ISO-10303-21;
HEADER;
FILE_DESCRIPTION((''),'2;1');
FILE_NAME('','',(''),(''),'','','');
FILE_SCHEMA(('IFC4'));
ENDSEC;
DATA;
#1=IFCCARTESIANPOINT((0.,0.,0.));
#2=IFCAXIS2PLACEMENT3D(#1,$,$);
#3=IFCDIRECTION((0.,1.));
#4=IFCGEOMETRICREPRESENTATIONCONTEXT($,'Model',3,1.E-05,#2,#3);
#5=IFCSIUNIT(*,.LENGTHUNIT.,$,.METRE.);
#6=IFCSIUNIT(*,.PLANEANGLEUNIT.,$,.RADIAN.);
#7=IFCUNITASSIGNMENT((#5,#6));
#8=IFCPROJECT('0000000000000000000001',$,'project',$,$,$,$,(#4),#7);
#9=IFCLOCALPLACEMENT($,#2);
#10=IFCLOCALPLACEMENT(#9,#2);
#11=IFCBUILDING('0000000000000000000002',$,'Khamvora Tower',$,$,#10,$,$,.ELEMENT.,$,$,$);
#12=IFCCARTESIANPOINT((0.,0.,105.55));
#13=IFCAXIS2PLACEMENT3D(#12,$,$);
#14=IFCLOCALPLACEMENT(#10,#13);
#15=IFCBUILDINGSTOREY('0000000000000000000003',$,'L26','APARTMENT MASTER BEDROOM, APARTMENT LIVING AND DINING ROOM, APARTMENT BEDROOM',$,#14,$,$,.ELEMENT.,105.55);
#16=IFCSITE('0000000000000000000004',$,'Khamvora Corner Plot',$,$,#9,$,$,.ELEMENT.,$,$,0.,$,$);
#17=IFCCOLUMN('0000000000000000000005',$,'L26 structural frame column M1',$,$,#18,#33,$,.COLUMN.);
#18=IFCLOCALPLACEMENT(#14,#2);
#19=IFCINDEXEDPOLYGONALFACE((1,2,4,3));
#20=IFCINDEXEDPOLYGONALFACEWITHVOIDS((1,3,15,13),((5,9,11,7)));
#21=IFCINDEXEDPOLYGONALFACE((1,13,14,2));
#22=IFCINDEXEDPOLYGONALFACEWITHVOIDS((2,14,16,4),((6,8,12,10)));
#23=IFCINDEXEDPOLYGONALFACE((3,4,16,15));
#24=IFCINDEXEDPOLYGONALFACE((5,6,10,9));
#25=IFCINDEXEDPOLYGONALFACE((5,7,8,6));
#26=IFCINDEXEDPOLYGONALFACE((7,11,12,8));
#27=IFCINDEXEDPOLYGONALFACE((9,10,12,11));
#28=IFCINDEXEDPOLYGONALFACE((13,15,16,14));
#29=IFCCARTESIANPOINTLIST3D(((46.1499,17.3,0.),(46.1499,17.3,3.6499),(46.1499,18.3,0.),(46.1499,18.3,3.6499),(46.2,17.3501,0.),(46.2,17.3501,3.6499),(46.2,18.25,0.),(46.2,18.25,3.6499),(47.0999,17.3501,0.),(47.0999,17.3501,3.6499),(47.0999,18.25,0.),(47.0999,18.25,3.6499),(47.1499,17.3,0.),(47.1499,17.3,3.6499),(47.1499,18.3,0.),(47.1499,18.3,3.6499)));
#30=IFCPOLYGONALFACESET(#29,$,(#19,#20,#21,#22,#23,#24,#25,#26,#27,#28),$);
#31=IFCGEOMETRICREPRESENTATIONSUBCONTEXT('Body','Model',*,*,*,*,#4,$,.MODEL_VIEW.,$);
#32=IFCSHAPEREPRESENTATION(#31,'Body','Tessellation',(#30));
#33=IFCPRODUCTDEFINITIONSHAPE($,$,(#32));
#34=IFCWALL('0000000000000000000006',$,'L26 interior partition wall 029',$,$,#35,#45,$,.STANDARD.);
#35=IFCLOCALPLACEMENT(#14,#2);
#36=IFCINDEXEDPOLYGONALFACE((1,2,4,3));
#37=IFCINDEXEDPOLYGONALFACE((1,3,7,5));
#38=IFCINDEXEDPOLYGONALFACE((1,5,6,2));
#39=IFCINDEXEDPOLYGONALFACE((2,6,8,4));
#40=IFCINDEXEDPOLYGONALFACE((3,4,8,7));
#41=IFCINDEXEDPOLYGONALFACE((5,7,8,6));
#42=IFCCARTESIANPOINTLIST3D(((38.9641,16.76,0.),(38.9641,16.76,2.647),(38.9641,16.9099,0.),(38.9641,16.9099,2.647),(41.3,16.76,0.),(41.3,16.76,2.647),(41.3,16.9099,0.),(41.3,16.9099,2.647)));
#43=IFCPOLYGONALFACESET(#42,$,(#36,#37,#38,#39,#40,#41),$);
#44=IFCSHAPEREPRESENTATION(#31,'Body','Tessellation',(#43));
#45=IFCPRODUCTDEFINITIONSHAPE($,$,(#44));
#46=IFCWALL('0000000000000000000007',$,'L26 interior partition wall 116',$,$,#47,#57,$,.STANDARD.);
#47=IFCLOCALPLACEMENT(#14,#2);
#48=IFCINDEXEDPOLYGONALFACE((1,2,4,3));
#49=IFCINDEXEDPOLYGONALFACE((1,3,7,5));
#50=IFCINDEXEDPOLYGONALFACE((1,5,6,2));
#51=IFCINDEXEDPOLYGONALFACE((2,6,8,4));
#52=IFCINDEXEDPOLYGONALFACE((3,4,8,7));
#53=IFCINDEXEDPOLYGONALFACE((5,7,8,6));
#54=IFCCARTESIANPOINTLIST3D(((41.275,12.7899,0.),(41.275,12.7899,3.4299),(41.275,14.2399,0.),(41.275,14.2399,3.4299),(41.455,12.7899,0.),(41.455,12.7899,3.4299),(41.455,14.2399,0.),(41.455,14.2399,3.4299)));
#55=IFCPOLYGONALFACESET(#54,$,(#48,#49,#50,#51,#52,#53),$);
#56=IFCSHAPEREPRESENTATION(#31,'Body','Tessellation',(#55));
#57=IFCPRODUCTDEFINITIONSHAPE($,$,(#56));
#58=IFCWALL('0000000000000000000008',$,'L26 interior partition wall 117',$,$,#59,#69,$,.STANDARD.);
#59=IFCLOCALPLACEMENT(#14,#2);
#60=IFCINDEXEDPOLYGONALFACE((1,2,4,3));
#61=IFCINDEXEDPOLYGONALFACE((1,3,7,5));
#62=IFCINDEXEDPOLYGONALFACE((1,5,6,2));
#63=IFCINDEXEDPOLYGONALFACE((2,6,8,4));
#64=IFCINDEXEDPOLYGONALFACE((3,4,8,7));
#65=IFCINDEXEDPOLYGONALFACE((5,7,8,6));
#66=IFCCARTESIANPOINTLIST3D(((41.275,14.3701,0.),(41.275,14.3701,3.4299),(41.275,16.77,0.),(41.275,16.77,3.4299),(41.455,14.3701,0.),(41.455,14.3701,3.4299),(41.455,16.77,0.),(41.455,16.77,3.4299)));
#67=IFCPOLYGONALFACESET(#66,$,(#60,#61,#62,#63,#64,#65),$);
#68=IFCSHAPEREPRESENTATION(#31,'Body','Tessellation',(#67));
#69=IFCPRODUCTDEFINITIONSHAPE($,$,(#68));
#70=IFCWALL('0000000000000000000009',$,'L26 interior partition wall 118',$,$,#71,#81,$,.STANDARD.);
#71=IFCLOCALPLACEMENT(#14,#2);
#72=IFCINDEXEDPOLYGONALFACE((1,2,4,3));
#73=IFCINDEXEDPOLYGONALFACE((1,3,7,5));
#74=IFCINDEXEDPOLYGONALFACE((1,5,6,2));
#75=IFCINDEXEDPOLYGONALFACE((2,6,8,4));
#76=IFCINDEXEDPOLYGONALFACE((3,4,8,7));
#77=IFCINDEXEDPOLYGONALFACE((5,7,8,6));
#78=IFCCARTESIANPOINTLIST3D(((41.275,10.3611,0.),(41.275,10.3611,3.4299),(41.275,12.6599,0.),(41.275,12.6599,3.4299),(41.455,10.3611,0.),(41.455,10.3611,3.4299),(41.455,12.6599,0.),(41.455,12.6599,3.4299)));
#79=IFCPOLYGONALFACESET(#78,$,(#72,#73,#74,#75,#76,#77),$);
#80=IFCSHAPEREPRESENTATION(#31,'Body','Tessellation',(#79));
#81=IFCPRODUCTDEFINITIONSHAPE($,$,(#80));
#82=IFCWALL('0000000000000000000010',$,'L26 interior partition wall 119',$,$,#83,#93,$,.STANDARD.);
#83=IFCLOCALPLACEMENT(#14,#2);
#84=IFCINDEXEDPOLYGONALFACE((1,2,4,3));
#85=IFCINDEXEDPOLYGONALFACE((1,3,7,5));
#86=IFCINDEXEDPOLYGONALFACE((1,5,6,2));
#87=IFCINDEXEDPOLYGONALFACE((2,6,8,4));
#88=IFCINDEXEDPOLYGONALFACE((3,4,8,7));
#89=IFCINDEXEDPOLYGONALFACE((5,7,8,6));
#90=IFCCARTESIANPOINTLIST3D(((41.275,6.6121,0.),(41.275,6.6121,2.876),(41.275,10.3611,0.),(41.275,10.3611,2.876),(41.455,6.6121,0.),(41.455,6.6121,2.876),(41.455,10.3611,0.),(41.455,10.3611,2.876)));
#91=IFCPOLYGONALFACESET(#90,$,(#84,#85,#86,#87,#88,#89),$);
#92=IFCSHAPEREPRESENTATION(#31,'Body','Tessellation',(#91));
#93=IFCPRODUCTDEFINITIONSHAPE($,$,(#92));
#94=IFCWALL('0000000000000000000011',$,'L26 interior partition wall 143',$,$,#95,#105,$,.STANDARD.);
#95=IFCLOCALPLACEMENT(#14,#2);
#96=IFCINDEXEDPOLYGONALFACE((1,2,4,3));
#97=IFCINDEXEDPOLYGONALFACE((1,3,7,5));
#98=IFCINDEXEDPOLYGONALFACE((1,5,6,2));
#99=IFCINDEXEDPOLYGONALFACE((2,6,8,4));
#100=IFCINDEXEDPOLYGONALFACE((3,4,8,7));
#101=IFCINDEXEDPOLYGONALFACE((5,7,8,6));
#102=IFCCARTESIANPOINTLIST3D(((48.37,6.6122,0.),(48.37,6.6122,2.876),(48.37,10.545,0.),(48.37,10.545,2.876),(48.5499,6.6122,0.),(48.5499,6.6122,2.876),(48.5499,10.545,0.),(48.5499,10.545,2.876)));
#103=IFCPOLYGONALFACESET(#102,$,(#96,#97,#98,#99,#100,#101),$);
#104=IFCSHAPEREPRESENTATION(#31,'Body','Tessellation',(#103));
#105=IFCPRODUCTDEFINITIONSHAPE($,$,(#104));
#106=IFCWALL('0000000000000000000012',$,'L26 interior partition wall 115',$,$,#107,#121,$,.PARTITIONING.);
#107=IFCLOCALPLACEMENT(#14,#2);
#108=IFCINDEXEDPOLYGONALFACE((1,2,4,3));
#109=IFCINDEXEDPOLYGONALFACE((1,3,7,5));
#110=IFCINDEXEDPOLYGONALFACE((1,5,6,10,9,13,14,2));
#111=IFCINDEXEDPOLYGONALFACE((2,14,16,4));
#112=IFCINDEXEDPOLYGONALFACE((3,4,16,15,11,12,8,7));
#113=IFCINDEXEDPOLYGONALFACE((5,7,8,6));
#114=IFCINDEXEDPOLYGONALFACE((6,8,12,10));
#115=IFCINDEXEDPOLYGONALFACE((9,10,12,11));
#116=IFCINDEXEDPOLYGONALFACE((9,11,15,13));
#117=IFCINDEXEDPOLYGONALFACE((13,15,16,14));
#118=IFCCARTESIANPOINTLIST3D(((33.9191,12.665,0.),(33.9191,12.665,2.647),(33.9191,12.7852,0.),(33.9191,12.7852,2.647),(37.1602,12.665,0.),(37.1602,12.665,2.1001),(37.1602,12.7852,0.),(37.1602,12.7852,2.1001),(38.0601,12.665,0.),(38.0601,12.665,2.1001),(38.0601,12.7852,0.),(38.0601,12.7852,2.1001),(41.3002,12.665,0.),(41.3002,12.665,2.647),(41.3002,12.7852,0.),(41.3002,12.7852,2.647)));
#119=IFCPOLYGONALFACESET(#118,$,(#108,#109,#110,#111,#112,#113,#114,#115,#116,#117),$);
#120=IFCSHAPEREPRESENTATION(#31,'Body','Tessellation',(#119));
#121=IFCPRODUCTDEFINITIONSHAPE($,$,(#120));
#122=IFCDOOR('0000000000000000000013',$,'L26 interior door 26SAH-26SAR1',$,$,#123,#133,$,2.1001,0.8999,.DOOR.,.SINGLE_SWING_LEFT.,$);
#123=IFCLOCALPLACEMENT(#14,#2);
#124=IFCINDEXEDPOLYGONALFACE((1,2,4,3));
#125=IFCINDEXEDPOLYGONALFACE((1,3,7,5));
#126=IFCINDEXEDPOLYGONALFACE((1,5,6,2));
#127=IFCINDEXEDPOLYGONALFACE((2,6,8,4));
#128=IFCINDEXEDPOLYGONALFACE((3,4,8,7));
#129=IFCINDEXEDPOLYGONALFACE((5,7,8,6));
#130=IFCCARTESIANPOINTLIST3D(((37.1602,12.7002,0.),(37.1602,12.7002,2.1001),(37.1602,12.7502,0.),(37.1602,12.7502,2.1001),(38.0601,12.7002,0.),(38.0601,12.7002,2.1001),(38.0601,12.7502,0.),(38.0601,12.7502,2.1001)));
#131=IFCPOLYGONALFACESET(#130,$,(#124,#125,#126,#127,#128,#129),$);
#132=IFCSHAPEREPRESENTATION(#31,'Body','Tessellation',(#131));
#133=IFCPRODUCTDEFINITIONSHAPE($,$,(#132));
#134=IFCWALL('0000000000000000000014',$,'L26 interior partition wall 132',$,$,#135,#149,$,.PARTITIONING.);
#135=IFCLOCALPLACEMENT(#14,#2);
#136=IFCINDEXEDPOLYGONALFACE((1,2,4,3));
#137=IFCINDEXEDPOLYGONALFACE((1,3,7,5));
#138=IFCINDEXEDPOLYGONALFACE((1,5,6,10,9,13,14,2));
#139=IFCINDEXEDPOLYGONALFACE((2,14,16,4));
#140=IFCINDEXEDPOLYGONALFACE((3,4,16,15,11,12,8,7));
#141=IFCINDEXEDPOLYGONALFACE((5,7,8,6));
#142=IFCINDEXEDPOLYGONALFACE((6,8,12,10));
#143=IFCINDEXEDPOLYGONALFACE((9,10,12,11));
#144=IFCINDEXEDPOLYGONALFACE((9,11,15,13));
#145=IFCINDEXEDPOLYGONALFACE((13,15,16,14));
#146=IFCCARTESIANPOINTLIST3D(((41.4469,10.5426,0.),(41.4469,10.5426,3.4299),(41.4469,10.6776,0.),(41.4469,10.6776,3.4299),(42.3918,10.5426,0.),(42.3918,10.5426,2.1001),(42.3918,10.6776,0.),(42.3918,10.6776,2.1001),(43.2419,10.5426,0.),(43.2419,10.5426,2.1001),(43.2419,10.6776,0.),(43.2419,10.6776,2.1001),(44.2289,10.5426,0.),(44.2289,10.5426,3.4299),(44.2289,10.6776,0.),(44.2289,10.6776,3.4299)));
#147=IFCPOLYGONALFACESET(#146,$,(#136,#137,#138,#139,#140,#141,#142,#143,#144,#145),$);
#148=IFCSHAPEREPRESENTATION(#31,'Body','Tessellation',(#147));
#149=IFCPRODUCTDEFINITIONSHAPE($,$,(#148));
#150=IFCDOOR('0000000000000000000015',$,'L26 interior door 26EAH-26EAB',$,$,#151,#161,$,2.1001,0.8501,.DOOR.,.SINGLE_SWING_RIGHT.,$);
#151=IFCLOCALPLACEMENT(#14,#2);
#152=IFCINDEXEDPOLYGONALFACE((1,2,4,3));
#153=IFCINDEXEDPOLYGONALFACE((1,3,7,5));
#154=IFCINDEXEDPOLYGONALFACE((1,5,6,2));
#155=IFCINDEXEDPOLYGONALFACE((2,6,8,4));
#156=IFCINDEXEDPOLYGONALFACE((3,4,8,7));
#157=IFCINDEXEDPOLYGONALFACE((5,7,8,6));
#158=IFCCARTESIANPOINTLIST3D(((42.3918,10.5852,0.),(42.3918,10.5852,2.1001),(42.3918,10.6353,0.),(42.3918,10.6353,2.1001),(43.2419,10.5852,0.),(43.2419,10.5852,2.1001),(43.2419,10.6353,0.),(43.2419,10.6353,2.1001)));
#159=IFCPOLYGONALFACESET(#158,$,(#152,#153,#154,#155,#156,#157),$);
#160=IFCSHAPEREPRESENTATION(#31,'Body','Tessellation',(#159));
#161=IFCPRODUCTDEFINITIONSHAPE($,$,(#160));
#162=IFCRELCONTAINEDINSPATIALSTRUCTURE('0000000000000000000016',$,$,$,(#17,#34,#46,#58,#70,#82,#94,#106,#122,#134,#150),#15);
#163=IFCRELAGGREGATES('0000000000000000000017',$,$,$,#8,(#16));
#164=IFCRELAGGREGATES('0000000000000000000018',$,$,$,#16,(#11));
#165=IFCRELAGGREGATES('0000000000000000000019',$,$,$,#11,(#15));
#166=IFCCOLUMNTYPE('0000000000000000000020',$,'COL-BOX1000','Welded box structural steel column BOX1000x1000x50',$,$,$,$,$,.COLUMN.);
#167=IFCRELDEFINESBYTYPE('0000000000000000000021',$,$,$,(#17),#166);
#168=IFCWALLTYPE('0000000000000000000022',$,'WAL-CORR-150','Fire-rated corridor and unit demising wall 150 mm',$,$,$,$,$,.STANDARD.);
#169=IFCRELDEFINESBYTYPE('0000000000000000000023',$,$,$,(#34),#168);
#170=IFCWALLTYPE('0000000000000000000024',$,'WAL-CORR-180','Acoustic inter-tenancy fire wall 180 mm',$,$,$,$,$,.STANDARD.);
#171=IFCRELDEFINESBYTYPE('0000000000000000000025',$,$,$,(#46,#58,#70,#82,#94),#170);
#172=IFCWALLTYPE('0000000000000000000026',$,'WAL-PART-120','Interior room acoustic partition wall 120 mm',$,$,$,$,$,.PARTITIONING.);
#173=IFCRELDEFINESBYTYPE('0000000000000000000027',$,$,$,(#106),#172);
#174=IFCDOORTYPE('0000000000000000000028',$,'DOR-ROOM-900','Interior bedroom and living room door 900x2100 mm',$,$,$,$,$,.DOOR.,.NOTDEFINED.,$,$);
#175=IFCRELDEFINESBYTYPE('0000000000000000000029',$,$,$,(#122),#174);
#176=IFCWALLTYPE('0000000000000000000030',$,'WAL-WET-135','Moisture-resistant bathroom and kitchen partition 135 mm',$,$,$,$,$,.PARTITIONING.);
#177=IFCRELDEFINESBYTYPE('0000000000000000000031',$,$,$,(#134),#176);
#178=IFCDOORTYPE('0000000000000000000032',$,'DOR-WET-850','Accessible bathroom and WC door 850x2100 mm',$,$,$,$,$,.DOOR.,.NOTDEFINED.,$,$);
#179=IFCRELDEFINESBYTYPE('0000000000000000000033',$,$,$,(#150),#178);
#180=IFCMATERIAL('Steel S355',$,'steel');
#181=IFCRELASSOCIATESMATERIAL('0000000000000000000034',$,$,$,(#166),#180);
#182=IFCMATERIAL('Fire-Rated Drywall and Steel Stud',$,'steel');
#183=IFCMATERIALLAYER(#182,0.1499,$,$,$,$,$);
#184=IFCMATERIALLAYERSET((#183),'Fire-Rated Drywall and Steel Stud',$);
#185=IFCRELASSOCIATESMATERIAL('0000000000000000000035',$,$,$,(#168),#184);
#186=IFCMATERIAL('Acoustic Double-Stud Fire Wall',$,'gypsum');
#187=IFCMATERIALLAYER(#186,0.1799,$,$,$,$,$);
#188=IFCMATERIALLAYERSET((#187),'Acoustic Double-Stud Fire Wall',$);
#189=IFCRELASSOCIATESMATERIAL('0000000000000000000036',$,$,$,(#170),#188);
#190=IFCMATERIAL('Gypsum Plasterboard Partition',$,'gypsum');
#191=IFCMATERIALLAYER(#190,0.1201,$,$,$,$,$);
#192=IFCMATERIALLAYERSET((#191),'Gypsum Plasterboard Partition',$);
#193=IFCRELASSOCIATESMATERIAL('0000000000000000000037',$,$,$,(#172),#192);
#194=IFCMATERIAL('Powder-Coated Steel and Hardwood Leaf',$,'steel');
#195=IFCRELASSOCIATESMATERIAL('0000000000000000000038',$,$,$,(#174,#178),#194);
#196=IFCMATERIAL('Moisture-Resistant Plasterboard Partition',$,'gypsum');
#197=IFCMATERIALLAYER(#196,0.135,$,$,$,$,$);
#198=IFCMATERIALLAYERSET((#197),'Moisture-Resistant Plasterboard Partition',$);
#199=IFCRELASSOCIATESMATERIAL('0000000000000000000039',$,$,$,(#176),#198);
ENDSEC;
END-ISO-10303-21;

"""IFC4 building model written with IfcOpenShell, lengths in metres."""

from ifc_helpers import new_model, si_unit, direction, frame, frame_2d, origin, origin_2d, place, context, subcontext, project, spatial, rectangle, hollow_rectangle, extrude, material, layer, layer_set, material_profile, profile_set, type_object, element, fill, save


model = new_model("IFC4")

# Units and contexts
model_context = context("Model", 3, precision=1e-05, world=origin(), true_north=direction((0.0, 1.0)))
body_context = subcontext(model_context, "Body", "Model", "MODEL_VIEW")
ifc_project = project(units=[si_unit("LENGTHUNIT", "METRE"), si_unit("PLANEANGLEUNIT", "RADIAN")], contexts=[model_context])

# Site, building, storey
site_placement = place(None, origin())
site = spatial("IfcSite", under=ifc_project, at=site_placement, Name="Khamvora Corner Plot", CompositionType="ELEMENT", RefElevation=0.0)
building_placement = place(site_placement, origin())
building = spatial("IfcBuilding", under=site, at=building_placement, Name="Khamvora Tower", CompositionType="ELEMENT")
storey_placement = place(building_placement, frame((0.0, 0.0, 105.55)))
storey = spatial("IfcBuildingStorey", under=building, at=storey_placement, Name="L26", Description="APARTMENT MASTER BEDROOM, APARTMENT LIVING AND DINING ROOM, APARTMENT BEDROOM", CompositionType="ELEMENT", Elevation=105.55)

# Column
ifc_material_1 = material(Name="Steel S355", Category="steel")
ifc_material_profile = material_profile(ifc_material_1, hollow_rectangle(XDim=1.0, YDim=1.0, WallThickness=0.05, at=origin_2d()), Name="BOX1000x1000x50")
ifc_profile_set = profile_set([ifc_material_profile], Name="Steel S355")
column_type = type_object("IfcColumnType", Name="COL-BOX1000", Description="Welded box structural steel column BOX1000x1000x50", PredefinedType="COLUMN", material=ifc_profile_set)
column_placement = place(storey_placement, frame((46.6499, 17.8, 0.0), z_axis=(0.0, 0.0, 1.0), x_axis=(1.0, 0.0, 0.0)))
element("IfcColumn", 1, at=column_placement, inside=storey, type_object=column_type, Name="L26 structural frame column M1", PredefinedType="COLUMN", context=body_context, shape_type="SweptSolid", body=[
    extrude(hollow_rectangle(XDim=1.0, YDim=1.0, WallThickness=0.05, at=origin_2d()), origin(), (0.0, 0.0, 1.0), 3.6499),
])

# Walls
ifc_material_2 = material(Name="Fire-Rated Drywall and Steel Stud", Category="steel")
ifc_layer_1 = layer(ifc_material_2, 0.1499)
ifc_layer_set_1 = layer_set([ifc_layer_1], Name="Fire-Rated Drywall and Steel Stud")
wall_type_1 = type_object("IfcWallType", Name="WAL-CORR-150", Description="Fire-rated corridor and unit demising wall 150 mm", PredefinedType="STANDARD", material=ifc_layer_set_1)
wall_1_placement = place(storey_placement, frame((41.3, 16.835, 0.0), z_axis=(0.0, 0.0, 1.0), x_axis=(-1.0, 0.0, 0.0)))
element("IfcWall", 2, at=wall_1_placement, inside=storey, type_object=wall_type_1, Name="L26 interior partition wall 029", PredefinedType="STANDARD", context=body_context, shape_type="SweptSolid", body=[
    extrude(rectangle(XDim=2.3359, YDim=0.1499, at=frame_2d((1.168, 0.0))), origin(), (0.0, 0.0, 1.0), 2.647),
])
ifc_material_3 = material(Name="Acoustic Double-Stud Fire Wall", Category="gypsum")
ifc_layer_2 = layer(ifc_material_3, 0.1799)
ifc_layer_set_2 = layer_set([ifc_layer_2], Name="Acoustic Double-Stud Fire Wall")
wall_type_2 = type_object("IfcWallType", Name="WAL-CORR-180", Description="Acoustic inter-tenancy fire wall 180 mm", PredefinedType="STANDARD", material=ifc_layer_set_2)
wall_2_placement = place(storey_placement, frame((41.365, 14.24, 0.0), z_axis=(0.0, 0.0, 1.0), x_axis=(0.0, -1.0, 0.0)))
element("IfcWall", 3, at=wall_2_placement, inside=storey, type_object=wall_type_2, Name="L26 interior partition wall 116", PredefinedType="STANDARD", context=body_context, shape_type="SweptSolid", body=[
    extrude(rectangle(XDim=1.45, YDim=0.1799, at=frame_2d((0.7251, 0.0))), origin(), (0.0, 0.0, 1.0), 3.4299),
])
wall_3_placement = place(storey_placement, frame((41.365, 16.77, 0.0), z_axis=(0.0, 0.0, 1.0), x_axis=(0.0, -1.0, 0.0)))
element("IfcWall", 4, at=wall_3_placement, inside=storey, type_object=wall_type_2, Name="L26 interior partition wall 117", PredefinedType="STANDARD", context=body_context, shape_type="SweptSolid", body=[
    extrude(rectangle(XDim=2.3999, YDim=0.1799, at=frame_2d((1.2, 0.0))), origin(), (0.0, 0.0, 1.0), 3.4299),
])
wall_4_placement = place(storey_placement, frame((41.365, 12.6599, 0.0), z_axis=(0.0, 0.0, 1.0), x_axis=(0.0, -1.0, 0.0)))
element("IfcWall", 5, at=wall_4_placement, inside=storey, type_object=wall_type_2, Name="L26 interior partition wall 118", PredefinedType="STANDARD", context=body_context, shape_type="SweptSolid", body=[
    extrude(rectangle(XDim=2.2988, YDim=0.1799, at=frame_2d((1.1494, 0.0))), origin(), (0.0, 0.0, 1.0), 3.4299),
])
wall_5_placement = place(storey_placement, frame((41.365, 10.3611, 0.0), z_axis=(0.0, 0.0, 1.0), x_axis=(0.0, -1.0, 0.0)))
element("IfcWall", 6, at=wall_5_placement, inside=storey, type_object=wall_type_2, Name="L26 interior partition wall 119", PredefinedType="STANDARD", context=body_context, shape_type="SweptSolid", body=[
    extrude(rectangle(XDim=3.749, YDim=0.1799, at=frame_2d((1.8745, 0.0))), origin(), (0.0, 0.0, 1.0), 2.876),
])
wall_6_placement = place(storey_placement, frame((48.46, 10.5449, 0.0), z_axis=(0.0, 0.0, 1.0), x_axis=(0.0, -1.0, 0.0)))
element("IfcWall", 7, at=wall_6_placement, inside=storey, type_object=wall_type_2, Name="L26 interior partition wall 143", PredefinedType="STANDARD", context=body_context, shape_type="SweptSolid", body=[
    extrude(rectangle(XDim=3.9329, YDim=0.1799, at=frame_2d((1.9663, 0.0))), origin(), (0.0, 0.0, 1.0), 2.876),
])

# Walls, openings, doors
ifc_material_4 = material(Name="Gypsum Plasterboard Partition", Category="gypsum")
ifc_layer_3 = layer(ifc_material_4, 0.1201)
ifc_layer_set_3 = layer_set([ifc_layer_3], Name="Gypsum Plasterboard Partition")
wall_type_3 = type_object("IfcWallType", Name="WAL-PART-120", Description="Interior room acoustic partition wall 120 mm", PredefinedType="PARTITIONING", material=ifc_layer_set_3)
wall_7_placement = place(storey_placement, frame((41.3, 12.7251, 0.0), z_axis=(0.0, 0.0, 1.0), x_axis=(-1.0, 0.0, 0.0)))
wall_7 = element("IfcWall", 8, at=wall_7_placement, inside=storey, type_object=wall_type_3, Name="L26 interior partition wall 115", PredefinedType="PARTITIONING", context=body_context, shape_type="SweptSolid", body=[
    extrude(rectangle(XDim=7.3811, YDim=0.1201, at=frame_2d((3.6904, 0.0))), origin(), (0.0, 0.0, 1.0), 2.647),
])
opening_1_placement = place(wall_7_placement, frame((3.24, 0.0, 0.0)))
opening_1 = element("IfcOpeningElement", 9, at=opening_1_placement, cuts=wall_7, PredefinedType="OPENING", context=body_context, shape_type="SweptSolid", body=[
    extrude(rectangle(XDim=0.8999, YDim=2.1001, at=frame_2d((0.45, 1.05))), frame((0.0, 0.0701, 0.0), z_axis=(0.0, -1.0, 0.0), x_axis=(1.0, 0.0, 0.0)), (0.0, 0.0, 1.0), 0.1401),
])
ifc_material_5 = material(Name="Powder-Coated Steel and Hardwood Leaf", Category="steel")
door_type_1 = type_object("IfcDoorType", Name="DOR-ROOM-900", Description="Interior bedroom and living room door 900x2100 mm", OperationType="NOTDEFINED", PredefinedType="DOOR", material=ifc_material_5)
door_1_placement = place(opening_1_placement, origin())
door_1 = element("IfcDoor", 10, at=door_1_placement, inside=storey, type_object=door_type_1, Name="L26 interior door 26SAH-26SAR1", OperationType="SINGLE_SWING_LEFT", OverallHeight=2.1001, OverallWidth=0.8999, PredefinedType="DOOR", context=body_context, shape_type="SweptSolid", body=[
    extrude(rectangle(XDim=0.8999, YDim=2.1001, at=frame_2d((0.45, 1.05))), frame((0.0, 0.0249, 0.0), z_axis=(0.0, -1.0, 0.0), x_axis=(1.0, 0.0, 0.0)), (0.0, 0.0, 1.0), 0.05),
])
fill(opening_1, door_1)
ifc_material_6 = material(Name="Moisture-Resistant Plasterboard Partition", Category="gypsum")
ifc_layer_4 = layer(ifc_material_6, 0.135)
ifc_layer_set_4 = layer_set([ifc_layer_4], Name="Moisture-Resistant Plasterboard Partition")
wall_type_4 = type_object("IfcWallType", Name="WAL-WET-135", Description="Moisture-resistant bathroom and kitchen partition 135 mm", PredefinedType="PARTITIONING", material=ifc_layer_set_4)
wall_8_placement = place(storey_placement, frame((44.229, 10.6101, 0.0), z_axis=(0.0, 0.0, 1.0), x_axis=(-1.0, 0.0, 0.0)))
wall_8 = element("IfcWall", 11, at=wall_8_placement, inside=storey, type_object=wall_type_4, Name="L26 interior partition wall 132", PredefinedType="PARTITIONING", context=body_context, shape_type="SweptSolid", body=[
    extrude(rectangle(XDim=2.782, YDim=0.135, at=frame_2d((1.3911, 0.0))), origin(), (0.0, 0.0, 1.0), 3.4299),
])
opening_2_placement = place(wall_8_placement, frame((0.9871, 0.0, 0.0)))
opening_2 = element("IfcOpeningElement", 12, at=opening_2_placement, cuts=wall_8, PredefinedType="OPENING", context=body_context, shape_type="SweptSolid", body=[
    extrude(rectangle(XDim=0.8501, YDim=2.1001, at=frame_2d((0.425, 1.05))), frame((0.0, 0.0774, 0.0), z_axis=(0.0, -1.0, 0.0), x_axis=(1.0, 0.0, 0.0)), (0.0, 0.0, 1.0), 0.155),
])
door_type_2 = type_object("IfcDoorType", Name="DOR-WET-850", Description="Accessible bathroom and WC door 850x2100 mm", OperationType="NOTDEFINED", PredefinedType="DOOR", material=ifc_material_5)
door_2_placement = place(opening_2_placement, origin())
door_2 = element("IfcDoor", 13, at=door_2_placement, inside=storey, type_object=door_type_2, Name="L26 interior door 26EAH-26EAB", OperationType="SINGLE_SWING_RIGHT", OverallHeight=2.1001, OverallWidth=0.8501, PredefinedType="DOOR", context=body_context, shape_type="SweptSolid", body=[
    extrude(rectangle(XDim=0.8501, YDim=2.1001, at=frame_2d((0.425, 1.05))), frame((0.0, 0.0249, 0.0), z_axis=(0.0, -1.0, 0.0), x_axis=(1.0, 0.0, 0.0)), (0.0, 0.0, 1.0), 0.05),
])
fill(opening_2, door_2)

save(model, "model.ifc")
